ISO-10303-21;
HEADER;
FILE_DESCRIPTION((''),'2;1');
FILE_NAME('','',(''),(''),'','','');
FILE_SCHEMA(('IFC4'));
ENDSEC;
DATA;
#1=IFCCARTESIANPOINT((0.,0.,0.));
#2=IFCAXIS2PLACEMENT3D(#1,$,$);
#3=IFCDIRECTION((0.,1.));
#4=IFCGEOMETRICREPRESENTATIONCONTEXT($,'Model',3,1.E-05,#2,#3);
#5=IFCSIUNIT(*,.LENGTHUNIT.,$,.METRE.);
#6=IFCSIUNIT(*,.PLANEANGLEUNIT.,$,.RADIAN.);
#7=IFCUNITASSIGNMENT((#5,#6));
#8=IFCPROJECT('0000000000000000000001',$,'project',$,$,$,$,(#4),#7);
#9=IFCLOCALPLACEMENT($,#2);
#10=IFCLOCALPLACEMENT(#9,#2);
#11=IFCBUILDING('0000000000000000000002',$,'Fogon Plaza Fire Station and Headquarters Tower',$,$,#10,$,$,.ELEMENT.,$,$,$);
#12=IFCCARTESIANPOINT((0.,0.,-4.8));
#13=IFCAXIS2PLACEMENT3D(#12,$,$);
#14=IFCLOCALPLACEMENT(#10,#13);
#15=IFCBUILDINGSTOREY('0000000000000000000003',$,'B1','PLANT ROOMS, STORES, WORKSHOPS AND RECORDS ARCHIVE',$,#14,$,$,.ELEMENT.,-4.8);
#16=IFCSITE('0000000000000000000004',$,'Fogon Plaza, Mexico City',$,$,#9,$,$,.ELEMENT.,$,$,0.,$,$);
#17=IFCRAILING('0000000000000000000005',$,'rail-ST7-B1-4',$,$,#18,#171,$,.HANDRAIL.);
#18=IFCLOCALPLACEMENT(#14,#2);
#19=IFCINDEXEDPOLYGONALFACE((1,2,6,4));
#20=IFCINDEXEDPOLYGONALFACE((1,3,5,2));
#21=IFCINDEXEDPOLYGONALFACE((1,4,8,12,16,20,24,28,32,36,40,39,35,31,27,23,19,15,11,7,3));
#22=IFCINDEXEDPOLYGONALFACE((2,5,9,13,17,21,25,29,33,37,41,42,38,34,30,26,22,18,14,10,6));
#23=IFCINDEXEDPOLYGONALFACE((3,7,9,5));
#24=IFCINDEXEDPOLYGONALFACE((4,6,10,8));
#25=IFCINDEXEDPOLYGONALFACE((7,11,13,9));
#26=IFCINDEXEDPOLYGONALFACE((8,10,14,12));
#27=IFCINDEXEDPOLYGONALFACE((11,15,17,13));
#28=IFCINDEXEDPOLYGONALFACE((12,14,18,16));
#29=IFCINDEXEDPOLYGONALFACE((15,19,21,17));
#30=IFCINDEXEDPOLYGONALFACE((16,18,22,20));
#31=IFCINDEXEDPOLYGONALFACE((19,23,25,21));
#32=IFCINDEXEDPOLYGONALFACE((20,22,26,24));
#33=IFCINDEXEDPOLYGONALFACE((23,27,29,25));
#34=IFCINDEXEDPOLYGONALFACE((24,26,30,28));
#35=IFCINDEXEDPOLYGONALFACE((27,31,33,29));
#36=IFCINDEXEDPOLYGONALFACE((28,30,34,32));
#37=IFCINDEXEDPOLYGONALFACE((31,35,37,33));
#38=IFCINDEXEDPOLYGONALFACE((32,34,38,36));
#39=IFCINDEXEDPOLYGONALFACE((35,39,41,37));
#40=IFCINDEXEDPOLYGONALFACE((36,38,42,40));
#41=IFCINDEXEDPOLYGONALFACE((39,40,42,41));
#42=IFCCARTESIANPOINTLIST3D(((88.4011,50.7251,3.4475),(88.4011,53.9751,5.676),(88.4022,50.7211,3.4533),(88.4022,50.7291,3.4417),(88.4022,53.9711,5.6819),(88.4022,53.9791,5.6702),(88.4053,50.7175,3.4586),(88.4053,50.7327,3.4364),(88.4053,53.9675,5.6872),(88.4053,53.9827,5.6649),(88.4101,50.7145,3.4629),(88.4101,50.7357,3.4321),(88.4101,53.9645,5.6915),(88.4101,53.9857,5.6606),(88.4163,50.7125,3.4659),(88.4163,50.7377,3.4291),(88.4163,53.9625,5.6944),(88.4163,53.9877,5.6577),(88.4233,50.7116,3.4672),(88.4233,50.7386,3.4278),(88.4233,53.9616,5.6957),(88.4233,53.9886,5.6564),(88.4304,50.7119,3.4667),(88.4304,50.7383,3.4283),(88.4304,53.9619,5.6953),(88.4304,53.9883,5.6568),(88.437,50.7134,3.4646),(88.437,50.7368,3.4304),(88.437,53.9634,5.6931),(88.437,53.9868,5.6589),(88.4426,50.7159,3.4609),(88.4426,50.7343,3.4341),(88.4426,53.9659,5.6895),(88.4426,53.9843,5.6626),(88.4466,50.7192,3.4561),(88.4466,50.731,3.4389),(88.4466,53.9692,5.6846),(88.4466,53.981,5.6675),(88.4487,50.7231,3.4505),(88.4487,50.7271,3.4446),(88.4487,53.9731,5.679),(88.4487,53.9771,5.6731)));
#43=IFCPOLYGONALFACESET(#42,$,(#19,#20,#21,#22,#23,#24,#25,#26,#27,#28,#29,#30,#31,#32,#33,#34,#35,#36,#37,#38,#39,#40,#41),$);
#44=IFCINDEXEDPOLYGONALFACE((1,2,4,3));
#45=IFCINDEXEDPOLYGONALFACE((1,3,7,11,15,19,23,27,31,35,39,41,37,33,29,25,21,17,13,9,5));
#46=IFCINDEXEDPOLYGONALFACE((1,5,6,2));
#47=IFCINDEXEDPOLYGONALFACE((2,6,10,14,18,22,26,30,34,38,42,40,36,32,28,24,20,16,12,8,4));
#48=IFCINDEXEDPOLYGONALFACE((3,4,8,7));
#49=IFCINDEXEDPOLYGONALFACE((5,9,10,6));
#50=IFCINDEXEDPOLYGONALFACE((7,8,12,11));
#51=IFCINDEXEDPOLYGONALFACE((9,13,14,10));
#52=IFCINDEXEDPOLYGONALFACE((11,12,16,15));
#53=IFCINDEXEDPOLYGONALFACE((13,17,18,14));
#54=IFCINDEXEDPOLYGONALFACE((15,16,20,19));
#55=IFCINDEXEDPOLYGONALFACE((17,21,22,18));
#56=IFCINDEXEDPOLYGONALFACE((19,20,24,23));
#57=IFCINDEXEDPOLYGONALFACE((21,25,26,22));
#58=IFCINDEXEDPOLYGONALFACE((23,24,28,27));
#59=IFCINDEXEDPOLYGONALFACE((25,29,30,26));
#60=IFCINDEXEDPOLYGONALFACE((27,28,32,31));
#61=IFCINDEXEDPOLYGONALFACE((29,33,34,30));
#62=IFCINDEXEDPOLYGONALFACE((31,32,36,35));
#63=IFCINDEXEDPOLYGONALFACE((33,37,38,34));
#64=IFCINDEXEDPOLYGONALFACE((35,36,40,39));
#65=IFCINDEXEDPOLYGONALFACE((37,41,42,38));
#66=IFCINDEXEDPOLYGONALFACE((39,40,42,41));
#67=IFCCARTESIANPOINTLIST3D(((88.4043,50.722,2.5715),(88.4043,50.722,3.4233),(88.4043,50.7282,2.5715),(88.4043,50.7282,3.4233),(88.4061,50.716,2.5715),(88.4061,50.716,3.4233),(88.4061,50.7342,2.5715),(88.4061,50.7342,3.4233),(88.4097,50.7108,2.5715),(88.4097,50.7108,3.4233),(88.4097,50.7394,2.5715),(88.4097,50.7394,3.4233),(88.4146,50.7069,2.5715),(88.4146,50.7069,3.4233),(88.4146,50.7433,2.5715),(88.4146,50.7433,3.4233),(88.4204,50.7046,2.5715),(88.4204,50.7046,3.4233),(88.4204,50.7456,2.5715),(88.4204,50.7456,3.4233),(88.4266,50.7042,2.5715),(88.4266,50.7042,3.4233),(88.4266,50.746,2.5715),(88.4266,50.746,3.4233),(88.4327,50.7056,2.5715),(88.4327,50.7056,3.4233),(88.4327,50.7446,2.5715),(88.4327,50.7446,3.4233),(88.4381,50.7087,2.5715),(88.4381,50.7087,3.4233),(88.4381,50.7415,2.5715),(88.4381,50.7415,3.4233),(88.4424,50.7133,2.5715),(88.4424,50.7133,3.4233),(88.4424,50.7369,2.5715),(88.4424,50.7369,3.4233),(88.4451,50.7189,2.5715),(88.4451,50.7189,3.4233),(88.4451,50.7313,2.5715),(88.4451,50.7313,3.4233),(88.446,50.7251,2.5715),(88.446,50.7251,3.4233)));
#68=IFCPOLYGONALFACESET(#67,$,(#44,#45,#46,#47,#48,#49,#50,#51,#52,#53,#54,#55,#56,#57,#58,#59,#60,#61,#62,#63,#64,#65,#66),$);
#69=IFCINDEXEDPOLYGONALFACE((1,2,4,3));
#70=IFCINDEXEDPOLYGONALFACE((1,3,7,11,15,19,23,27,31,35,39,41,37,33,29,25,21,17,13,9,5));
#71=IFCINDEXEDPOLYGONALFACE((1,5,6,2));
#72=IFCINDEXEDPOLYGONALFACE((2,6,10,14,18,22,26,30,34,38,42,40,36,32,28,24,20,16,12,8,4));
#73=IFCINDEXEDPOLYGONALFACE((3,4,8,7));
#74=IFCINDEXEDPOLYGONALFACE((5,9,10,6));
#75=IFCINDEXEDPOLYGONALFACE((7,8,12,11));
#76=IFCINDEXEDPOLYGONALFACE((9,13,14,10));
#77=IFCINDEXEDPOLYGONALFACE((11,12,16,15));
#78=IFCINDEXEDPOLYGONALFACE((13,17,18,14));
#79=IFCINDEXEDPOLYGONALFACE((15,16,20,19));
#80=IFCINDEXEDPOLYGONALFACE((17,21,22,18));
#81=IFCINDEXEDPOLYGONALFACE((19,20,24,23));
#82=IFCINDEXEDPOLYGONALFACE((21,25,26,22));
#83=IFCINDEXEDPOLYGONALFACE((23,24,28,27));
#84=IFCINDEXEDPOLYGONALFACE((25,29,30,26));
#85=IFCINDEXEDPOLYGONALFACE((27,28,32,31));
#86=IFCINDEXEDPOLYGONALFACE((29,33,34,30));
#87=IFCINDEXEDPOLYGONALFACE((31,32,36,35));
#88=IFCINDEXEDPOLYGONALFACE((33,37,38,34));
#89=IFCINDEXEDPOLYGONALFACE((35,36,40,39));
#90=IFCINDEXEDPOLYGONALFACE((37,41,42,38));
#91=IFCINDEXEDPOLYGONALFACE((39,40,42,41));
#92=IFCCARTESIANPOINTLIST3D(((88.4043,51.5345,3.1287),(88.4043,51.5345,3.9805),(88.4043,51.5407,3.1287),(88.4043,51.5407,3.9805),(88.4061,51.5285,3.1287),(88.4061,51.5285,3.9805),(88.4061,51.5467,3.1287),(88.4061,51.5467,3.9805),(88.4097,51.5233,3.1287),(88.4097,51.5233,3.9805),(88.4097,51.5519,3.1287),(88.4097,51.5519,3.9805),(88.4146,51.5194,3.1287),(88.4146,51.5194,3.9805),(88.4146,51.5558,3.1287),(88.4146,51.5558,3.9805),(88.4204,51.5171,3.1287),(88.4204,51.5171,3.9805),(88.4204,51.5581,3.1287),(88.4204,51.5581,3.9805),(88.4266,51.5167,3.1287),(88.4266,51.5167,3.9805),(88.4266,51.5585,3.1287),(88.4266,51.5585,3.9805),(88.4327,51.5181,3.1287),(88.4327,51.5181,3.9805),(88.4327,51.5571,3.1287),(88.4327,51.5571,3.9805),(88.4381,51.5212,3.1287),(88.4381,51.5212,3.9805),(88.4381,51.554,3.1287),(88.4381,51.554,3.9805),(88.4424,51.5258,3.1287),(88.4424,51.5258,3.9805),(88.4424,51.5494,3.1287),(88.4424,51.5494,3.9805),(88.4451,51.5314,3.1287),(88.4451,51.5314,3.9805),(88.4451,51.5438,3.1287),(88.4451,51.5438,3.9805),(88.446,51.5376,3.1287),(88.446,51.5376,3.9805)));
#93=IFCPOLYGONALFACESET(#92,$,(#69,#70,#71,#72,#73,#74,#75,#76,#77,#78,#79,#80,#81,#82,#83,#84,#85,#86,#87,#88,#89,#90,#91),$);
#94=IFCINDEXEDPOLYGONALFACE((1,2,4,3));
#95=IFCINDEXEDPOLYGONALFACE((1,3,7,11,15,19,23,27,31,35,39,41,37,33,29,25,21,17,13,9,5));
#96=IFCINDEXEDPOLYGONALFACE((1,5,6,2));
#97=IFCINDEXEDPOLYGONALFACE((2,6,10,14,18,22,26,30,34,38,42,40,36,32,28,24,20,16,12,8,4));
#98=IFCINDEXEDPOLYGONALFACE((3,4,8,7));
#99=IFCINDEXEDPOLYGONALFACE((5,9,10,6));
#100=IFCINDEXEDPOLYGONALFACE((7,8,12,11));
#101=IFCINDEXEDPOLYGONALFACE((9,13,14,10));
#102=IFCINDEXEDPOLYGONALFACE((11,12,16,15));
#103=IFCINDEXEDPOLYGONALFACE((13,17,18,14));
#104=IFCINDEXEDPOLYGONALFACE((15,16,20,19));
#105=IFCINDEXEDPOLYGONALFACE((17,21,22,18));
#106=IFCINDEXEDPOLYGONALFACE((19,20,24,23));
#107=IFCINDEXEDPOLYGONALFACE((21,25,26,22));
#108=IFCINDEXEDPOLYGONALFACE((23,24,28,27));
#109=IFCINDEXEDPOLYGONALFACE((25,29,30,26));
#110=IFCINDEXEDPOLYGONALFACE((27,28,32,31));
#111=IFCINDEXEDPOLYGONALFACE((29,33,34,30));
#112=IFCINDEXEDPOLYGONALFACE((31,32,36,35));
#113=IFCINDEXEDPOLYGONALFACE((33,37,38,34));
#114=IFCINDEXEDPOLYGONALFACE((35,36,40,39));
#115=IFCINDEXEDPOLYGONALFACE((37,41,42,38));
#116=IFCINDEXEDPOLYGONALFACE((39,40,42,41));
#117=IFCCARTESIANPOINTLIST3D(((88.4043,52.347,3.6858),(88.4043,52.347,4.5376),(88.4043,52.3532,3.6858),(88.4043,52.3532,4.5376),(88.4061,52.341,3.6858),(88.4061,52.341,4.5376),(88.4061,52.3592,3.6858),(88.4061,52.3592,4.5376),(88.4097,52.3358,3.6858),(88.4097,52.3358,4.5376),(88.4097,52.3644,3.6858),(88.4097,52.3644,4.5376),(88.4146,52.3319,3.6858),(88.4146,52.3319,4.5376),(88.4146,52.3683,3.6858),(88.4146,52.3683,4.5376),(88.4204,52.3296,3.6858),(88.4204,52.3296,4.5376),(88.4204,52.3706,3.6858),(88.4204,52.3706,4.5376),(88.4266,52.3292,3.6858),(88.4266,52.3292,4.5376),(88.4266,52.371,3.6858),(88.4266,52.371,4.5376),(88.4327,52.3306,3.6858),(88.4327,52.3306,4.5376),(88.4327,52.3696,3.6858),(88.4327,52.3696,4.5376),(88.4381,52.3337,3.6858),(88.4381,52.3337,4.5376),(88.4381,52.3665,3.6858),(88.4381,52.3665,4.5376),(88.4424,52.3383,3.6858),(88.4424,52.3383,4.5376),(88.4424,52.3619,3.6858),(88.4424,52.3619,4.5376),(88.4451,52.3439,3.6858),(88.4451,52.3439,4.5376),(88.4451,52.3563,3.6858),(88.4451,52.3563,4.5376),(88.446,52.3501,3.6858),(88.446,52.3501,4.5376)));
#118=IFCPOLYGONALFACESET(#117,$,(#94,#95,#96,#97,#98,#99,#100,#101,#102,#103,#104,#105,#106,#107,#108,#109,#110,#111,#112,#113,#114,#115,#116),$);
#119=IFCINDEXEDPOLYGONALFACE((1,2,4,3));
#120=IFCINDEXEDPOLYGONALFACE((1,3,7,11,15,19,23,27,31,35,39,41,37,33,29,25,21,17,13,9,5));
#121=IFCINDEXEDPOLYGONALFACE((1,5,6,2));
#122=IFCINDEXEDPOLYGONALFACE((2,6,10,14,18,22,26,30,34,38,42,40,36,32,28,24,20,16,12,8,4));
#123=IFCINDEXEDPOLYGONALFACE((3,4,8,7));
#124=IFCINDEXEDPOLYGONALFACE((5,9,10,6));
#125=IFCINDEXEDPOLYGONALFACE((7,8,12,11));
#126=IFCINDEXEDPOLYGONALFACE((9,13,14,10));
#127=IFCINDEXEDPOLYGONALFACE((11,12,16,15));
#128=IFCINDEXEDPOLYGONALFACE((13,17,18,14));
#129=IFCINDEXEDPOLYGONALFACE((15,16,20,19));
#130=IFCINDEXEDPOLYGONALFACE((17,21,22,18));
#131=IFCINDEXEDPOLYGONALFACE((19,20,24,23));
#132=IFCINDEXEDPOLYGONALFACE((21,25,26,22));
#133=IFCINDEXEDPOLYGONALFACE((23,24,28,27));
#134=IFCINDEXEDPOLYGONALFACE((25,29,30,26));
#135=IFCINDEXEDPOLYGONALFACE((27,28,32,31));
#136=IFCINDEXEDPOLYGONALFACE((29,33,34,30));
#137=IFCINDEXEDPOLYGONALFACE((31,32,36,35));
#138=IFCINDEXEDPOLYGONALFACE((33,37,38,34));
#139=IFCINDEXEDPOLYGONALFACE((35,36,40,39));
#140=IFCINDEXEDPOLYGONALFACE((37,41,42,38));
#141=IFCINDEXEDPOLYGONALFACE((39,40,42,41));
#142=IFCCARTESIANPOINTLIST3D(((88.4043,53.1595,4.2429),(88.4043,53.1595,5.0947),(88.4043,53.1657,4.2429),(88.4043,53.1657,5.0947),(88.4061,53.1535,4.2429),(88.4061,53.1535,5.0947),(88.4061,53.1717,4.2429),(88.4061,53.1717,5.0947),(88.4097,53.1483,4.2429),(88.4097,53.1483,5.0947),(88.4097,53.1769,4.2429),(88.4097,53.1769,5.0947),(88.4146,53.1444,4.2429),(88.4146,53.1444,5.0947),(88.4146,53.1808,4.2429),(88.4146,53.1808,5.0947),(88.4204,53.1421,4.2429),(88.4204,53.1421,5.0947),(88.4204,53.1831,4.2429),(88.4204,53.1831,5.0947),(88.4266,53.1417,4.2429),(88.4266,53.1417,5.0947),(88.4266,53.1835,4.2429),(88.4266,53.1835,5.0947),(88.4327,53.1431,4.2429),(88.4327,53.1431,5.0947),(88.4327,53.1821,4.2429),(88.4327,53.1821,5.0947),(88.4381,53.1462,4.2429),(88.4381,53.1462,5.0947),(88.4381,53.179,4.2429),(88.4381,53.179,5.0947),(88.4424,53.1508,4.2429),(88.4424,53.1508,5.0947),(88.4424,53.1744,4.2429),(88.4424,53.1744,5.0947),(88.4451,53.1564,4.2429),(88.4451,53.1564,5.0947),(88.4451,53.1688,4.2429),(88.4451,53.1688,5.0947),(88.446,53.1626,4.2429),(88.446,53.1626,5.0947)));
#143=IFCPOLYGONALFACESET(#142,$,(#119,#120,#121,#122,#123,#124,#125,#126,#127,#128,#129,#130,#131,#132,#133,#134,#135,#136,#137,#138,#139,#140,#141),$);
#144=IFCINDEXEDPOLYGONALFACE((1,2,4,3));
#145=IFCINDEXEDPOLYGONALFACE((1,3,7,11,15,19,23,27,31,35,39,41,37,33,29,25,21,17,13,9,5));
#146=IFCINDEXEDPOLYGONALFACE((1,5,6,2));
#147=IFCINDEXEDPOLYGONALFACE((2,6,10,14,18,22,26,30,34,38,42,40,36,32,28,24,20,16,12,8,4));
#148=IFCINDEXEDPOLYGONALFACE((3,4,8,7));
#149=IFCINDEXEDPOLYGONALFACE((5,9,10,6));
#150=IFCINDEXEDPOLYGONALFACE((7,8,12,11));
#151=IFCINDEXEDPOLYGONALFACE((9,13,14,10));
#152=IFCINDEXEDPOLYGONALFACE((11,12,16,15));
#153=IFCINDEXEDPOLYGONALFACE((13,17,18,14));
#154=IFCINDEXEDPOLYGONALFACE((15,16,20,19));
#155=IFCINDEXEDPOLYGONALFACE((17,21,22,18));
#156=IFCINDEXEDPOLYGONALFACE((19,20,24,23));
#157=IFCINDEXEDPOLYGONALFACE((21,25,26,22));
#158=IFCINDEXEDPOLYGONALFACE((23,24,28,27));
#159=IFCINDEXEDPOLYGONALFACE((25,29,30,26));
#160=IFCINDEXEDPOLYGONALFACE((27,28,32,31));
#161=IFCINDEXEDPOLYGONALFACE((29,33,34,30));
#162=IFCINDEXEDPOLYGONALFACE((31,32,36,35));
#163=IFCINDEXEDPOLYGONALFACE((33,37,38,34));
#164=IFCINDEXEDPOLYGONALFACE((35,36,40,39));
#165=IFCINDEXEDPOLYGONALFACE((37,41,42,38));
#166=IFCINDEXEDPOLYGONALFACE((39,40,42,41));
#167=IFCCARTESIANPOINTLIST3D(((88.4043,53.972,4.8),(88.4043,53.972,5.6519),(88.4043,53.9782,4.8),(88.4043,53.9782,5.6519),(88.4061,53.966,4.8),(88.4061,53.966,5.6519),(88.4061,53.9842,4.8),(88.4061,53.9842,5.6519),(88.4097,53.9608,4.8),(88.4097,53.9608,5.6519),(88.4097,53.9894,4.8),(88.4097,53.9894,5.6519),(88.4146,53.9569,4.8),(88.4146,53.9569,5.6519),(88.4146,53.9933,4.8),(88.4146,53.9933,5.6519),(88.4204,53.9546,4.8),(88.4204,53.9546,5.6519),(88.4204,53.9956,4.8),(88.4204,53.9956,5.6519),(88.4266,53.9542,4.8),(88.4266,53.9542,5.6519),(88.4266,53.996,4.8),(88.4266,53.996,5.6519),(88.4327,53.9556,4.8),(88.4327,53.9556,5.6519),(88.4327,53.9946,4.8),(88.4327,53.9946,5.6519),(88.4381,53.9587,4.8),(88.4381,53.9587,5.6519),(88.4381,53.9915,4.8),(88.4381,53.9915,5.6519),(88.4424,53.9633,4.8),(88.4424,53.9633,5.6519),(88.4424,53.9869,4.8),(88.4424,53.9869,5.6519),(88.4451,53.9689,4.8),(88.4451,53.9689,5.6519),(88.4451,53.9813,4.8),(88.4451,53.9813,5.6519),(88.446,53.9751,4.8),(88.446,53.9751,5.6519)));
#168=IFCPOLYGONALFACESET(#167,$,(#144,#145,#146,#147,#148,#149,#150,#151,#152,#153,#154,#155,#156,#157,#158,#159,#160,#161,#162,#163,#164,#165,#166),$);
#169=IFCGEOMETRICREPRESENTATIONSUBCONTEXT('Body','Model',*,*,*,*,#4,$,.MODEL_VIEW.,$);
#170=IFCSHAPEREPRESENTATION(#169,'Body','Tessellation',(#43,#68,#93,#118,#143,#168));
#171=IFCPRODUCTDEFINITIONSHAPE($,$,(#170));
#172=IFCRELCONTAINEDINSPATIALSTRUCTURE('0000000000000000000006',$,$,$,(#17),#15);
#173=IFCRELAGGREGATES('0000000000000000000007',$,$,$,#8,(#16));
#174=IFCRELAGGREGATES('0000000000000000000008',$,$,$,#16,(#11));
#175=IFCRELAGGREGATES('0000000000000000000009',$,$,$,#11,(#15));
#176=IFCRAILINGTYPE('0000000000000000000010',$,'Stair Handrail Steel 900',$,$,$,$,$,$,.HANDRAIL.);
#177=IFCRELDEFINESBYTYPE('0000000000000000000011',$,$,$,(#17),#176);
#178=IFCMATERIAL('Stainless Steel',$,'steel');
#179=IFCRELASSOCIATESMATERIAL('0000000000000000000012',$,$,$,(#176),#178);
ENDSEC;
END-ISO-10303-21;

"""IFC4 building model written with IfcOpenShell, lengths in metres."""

from ifc_helpers import new_model, si_unit, direction, frame, origin, origin_2d, place, context, subcontext, project, spatial, circle, extrude, material, type_object, element, save


model = new_model("IFC4")

# Units and contexts
model_context = context("Model", 3, precision=1e-05, world=origin(), true_north=direction((0.0, 1.0)))
body_context = subcontext(model_context, "Body", "Model", "MODEL_VIEW")
ifc_project = project(units=[si_unit("LENGTHUNIT", "METRE"), si_unit("PLANEANGLEUNIT", "RADIAN")], contexts=[model_context])

# Site, building, storey
site_placement = place(None, origin())
site = spatial("IfcSite", under=ifc_project, at=site_placement, Name="Fogon Plaza, Mexico City", CompositionType="ELEMENT", RefElevation=0.0)
building_placement = place(site_placement, origin())
building = spatial("IfcBuilding", under=site, at=building_placement, Name="Fogon Plaza Fire Station and Headquarters Tower", CompositionType="ELEMENT")
storey_placement = place(building_placement, frame((0.0, 0.0, -4.8)))
storey = spatial("IfcBuildingStorey", under=building, at=storey_placement, Name="B1", Description="PLANT ROOMS, STORES, WORKSHOPS AND RECORDS ARCHIVE", CompositionType="ELEMENT", Elevation=-4.8)

# Railing
ifc_material_1 = material(Name="Stainless Steel", Category="steel")
railing_type_1 = type_object("IfcRailingType", Name="Stair Handrail Steel 900", PredefinedType="HANDRAIL", material=ifc_material_1)
for number, where, name in (
    (1, (88.425, 50.7251, 2.5715), "rail-ST7-B1-4"),
):
    element("IfcRailing", number, at=place(storey_placement, frame(where)), inside=storey, type_object=railing_type_1, Name=name, PredefinedType="HANDRAIL", context=body_context, shape_type="SweptSolid", body=[
        extrude(circle(Radius=0.0239, at=origin_2d()), frame((0.0, 0.0, 0.876), z_axis=(0.0, 0.824735, 0.565519), x_axis=(-1.0, 0.0, 0.0)), (0.0, 0.0, 1.0), 3.9407),
        extrude(circle(Radius=0.021, at=origin_2d()), origin(), (0.0, 0.0, 1.0), 0.8518),
        extrude(circle(Radius=0.021, at=origin_2d()), frame((0.0, 0.8125, 0.5571)), (0.0, 0.0, 1.0), 0.8518),
        extrude(circle(Radius=0.021, at=origin_2d()), frame((0.0, 1.625, 1.1143)), (0.0, 0.0, 1.0), 0.8518),
        extrude(circle(Radius=0.021, at=origin_2d()), frame((0.0, 2.4375, 1.6714)), (0.0, 0.0, 1.0), 0.8518),
        extrude(circle(Radius=0.021, at=origin_2d()), frame((0.0, 3.25, 2.2285)), (0.0, 0.0, 1.0), 0.8518),
    ])

save(model, "model.ifc")
